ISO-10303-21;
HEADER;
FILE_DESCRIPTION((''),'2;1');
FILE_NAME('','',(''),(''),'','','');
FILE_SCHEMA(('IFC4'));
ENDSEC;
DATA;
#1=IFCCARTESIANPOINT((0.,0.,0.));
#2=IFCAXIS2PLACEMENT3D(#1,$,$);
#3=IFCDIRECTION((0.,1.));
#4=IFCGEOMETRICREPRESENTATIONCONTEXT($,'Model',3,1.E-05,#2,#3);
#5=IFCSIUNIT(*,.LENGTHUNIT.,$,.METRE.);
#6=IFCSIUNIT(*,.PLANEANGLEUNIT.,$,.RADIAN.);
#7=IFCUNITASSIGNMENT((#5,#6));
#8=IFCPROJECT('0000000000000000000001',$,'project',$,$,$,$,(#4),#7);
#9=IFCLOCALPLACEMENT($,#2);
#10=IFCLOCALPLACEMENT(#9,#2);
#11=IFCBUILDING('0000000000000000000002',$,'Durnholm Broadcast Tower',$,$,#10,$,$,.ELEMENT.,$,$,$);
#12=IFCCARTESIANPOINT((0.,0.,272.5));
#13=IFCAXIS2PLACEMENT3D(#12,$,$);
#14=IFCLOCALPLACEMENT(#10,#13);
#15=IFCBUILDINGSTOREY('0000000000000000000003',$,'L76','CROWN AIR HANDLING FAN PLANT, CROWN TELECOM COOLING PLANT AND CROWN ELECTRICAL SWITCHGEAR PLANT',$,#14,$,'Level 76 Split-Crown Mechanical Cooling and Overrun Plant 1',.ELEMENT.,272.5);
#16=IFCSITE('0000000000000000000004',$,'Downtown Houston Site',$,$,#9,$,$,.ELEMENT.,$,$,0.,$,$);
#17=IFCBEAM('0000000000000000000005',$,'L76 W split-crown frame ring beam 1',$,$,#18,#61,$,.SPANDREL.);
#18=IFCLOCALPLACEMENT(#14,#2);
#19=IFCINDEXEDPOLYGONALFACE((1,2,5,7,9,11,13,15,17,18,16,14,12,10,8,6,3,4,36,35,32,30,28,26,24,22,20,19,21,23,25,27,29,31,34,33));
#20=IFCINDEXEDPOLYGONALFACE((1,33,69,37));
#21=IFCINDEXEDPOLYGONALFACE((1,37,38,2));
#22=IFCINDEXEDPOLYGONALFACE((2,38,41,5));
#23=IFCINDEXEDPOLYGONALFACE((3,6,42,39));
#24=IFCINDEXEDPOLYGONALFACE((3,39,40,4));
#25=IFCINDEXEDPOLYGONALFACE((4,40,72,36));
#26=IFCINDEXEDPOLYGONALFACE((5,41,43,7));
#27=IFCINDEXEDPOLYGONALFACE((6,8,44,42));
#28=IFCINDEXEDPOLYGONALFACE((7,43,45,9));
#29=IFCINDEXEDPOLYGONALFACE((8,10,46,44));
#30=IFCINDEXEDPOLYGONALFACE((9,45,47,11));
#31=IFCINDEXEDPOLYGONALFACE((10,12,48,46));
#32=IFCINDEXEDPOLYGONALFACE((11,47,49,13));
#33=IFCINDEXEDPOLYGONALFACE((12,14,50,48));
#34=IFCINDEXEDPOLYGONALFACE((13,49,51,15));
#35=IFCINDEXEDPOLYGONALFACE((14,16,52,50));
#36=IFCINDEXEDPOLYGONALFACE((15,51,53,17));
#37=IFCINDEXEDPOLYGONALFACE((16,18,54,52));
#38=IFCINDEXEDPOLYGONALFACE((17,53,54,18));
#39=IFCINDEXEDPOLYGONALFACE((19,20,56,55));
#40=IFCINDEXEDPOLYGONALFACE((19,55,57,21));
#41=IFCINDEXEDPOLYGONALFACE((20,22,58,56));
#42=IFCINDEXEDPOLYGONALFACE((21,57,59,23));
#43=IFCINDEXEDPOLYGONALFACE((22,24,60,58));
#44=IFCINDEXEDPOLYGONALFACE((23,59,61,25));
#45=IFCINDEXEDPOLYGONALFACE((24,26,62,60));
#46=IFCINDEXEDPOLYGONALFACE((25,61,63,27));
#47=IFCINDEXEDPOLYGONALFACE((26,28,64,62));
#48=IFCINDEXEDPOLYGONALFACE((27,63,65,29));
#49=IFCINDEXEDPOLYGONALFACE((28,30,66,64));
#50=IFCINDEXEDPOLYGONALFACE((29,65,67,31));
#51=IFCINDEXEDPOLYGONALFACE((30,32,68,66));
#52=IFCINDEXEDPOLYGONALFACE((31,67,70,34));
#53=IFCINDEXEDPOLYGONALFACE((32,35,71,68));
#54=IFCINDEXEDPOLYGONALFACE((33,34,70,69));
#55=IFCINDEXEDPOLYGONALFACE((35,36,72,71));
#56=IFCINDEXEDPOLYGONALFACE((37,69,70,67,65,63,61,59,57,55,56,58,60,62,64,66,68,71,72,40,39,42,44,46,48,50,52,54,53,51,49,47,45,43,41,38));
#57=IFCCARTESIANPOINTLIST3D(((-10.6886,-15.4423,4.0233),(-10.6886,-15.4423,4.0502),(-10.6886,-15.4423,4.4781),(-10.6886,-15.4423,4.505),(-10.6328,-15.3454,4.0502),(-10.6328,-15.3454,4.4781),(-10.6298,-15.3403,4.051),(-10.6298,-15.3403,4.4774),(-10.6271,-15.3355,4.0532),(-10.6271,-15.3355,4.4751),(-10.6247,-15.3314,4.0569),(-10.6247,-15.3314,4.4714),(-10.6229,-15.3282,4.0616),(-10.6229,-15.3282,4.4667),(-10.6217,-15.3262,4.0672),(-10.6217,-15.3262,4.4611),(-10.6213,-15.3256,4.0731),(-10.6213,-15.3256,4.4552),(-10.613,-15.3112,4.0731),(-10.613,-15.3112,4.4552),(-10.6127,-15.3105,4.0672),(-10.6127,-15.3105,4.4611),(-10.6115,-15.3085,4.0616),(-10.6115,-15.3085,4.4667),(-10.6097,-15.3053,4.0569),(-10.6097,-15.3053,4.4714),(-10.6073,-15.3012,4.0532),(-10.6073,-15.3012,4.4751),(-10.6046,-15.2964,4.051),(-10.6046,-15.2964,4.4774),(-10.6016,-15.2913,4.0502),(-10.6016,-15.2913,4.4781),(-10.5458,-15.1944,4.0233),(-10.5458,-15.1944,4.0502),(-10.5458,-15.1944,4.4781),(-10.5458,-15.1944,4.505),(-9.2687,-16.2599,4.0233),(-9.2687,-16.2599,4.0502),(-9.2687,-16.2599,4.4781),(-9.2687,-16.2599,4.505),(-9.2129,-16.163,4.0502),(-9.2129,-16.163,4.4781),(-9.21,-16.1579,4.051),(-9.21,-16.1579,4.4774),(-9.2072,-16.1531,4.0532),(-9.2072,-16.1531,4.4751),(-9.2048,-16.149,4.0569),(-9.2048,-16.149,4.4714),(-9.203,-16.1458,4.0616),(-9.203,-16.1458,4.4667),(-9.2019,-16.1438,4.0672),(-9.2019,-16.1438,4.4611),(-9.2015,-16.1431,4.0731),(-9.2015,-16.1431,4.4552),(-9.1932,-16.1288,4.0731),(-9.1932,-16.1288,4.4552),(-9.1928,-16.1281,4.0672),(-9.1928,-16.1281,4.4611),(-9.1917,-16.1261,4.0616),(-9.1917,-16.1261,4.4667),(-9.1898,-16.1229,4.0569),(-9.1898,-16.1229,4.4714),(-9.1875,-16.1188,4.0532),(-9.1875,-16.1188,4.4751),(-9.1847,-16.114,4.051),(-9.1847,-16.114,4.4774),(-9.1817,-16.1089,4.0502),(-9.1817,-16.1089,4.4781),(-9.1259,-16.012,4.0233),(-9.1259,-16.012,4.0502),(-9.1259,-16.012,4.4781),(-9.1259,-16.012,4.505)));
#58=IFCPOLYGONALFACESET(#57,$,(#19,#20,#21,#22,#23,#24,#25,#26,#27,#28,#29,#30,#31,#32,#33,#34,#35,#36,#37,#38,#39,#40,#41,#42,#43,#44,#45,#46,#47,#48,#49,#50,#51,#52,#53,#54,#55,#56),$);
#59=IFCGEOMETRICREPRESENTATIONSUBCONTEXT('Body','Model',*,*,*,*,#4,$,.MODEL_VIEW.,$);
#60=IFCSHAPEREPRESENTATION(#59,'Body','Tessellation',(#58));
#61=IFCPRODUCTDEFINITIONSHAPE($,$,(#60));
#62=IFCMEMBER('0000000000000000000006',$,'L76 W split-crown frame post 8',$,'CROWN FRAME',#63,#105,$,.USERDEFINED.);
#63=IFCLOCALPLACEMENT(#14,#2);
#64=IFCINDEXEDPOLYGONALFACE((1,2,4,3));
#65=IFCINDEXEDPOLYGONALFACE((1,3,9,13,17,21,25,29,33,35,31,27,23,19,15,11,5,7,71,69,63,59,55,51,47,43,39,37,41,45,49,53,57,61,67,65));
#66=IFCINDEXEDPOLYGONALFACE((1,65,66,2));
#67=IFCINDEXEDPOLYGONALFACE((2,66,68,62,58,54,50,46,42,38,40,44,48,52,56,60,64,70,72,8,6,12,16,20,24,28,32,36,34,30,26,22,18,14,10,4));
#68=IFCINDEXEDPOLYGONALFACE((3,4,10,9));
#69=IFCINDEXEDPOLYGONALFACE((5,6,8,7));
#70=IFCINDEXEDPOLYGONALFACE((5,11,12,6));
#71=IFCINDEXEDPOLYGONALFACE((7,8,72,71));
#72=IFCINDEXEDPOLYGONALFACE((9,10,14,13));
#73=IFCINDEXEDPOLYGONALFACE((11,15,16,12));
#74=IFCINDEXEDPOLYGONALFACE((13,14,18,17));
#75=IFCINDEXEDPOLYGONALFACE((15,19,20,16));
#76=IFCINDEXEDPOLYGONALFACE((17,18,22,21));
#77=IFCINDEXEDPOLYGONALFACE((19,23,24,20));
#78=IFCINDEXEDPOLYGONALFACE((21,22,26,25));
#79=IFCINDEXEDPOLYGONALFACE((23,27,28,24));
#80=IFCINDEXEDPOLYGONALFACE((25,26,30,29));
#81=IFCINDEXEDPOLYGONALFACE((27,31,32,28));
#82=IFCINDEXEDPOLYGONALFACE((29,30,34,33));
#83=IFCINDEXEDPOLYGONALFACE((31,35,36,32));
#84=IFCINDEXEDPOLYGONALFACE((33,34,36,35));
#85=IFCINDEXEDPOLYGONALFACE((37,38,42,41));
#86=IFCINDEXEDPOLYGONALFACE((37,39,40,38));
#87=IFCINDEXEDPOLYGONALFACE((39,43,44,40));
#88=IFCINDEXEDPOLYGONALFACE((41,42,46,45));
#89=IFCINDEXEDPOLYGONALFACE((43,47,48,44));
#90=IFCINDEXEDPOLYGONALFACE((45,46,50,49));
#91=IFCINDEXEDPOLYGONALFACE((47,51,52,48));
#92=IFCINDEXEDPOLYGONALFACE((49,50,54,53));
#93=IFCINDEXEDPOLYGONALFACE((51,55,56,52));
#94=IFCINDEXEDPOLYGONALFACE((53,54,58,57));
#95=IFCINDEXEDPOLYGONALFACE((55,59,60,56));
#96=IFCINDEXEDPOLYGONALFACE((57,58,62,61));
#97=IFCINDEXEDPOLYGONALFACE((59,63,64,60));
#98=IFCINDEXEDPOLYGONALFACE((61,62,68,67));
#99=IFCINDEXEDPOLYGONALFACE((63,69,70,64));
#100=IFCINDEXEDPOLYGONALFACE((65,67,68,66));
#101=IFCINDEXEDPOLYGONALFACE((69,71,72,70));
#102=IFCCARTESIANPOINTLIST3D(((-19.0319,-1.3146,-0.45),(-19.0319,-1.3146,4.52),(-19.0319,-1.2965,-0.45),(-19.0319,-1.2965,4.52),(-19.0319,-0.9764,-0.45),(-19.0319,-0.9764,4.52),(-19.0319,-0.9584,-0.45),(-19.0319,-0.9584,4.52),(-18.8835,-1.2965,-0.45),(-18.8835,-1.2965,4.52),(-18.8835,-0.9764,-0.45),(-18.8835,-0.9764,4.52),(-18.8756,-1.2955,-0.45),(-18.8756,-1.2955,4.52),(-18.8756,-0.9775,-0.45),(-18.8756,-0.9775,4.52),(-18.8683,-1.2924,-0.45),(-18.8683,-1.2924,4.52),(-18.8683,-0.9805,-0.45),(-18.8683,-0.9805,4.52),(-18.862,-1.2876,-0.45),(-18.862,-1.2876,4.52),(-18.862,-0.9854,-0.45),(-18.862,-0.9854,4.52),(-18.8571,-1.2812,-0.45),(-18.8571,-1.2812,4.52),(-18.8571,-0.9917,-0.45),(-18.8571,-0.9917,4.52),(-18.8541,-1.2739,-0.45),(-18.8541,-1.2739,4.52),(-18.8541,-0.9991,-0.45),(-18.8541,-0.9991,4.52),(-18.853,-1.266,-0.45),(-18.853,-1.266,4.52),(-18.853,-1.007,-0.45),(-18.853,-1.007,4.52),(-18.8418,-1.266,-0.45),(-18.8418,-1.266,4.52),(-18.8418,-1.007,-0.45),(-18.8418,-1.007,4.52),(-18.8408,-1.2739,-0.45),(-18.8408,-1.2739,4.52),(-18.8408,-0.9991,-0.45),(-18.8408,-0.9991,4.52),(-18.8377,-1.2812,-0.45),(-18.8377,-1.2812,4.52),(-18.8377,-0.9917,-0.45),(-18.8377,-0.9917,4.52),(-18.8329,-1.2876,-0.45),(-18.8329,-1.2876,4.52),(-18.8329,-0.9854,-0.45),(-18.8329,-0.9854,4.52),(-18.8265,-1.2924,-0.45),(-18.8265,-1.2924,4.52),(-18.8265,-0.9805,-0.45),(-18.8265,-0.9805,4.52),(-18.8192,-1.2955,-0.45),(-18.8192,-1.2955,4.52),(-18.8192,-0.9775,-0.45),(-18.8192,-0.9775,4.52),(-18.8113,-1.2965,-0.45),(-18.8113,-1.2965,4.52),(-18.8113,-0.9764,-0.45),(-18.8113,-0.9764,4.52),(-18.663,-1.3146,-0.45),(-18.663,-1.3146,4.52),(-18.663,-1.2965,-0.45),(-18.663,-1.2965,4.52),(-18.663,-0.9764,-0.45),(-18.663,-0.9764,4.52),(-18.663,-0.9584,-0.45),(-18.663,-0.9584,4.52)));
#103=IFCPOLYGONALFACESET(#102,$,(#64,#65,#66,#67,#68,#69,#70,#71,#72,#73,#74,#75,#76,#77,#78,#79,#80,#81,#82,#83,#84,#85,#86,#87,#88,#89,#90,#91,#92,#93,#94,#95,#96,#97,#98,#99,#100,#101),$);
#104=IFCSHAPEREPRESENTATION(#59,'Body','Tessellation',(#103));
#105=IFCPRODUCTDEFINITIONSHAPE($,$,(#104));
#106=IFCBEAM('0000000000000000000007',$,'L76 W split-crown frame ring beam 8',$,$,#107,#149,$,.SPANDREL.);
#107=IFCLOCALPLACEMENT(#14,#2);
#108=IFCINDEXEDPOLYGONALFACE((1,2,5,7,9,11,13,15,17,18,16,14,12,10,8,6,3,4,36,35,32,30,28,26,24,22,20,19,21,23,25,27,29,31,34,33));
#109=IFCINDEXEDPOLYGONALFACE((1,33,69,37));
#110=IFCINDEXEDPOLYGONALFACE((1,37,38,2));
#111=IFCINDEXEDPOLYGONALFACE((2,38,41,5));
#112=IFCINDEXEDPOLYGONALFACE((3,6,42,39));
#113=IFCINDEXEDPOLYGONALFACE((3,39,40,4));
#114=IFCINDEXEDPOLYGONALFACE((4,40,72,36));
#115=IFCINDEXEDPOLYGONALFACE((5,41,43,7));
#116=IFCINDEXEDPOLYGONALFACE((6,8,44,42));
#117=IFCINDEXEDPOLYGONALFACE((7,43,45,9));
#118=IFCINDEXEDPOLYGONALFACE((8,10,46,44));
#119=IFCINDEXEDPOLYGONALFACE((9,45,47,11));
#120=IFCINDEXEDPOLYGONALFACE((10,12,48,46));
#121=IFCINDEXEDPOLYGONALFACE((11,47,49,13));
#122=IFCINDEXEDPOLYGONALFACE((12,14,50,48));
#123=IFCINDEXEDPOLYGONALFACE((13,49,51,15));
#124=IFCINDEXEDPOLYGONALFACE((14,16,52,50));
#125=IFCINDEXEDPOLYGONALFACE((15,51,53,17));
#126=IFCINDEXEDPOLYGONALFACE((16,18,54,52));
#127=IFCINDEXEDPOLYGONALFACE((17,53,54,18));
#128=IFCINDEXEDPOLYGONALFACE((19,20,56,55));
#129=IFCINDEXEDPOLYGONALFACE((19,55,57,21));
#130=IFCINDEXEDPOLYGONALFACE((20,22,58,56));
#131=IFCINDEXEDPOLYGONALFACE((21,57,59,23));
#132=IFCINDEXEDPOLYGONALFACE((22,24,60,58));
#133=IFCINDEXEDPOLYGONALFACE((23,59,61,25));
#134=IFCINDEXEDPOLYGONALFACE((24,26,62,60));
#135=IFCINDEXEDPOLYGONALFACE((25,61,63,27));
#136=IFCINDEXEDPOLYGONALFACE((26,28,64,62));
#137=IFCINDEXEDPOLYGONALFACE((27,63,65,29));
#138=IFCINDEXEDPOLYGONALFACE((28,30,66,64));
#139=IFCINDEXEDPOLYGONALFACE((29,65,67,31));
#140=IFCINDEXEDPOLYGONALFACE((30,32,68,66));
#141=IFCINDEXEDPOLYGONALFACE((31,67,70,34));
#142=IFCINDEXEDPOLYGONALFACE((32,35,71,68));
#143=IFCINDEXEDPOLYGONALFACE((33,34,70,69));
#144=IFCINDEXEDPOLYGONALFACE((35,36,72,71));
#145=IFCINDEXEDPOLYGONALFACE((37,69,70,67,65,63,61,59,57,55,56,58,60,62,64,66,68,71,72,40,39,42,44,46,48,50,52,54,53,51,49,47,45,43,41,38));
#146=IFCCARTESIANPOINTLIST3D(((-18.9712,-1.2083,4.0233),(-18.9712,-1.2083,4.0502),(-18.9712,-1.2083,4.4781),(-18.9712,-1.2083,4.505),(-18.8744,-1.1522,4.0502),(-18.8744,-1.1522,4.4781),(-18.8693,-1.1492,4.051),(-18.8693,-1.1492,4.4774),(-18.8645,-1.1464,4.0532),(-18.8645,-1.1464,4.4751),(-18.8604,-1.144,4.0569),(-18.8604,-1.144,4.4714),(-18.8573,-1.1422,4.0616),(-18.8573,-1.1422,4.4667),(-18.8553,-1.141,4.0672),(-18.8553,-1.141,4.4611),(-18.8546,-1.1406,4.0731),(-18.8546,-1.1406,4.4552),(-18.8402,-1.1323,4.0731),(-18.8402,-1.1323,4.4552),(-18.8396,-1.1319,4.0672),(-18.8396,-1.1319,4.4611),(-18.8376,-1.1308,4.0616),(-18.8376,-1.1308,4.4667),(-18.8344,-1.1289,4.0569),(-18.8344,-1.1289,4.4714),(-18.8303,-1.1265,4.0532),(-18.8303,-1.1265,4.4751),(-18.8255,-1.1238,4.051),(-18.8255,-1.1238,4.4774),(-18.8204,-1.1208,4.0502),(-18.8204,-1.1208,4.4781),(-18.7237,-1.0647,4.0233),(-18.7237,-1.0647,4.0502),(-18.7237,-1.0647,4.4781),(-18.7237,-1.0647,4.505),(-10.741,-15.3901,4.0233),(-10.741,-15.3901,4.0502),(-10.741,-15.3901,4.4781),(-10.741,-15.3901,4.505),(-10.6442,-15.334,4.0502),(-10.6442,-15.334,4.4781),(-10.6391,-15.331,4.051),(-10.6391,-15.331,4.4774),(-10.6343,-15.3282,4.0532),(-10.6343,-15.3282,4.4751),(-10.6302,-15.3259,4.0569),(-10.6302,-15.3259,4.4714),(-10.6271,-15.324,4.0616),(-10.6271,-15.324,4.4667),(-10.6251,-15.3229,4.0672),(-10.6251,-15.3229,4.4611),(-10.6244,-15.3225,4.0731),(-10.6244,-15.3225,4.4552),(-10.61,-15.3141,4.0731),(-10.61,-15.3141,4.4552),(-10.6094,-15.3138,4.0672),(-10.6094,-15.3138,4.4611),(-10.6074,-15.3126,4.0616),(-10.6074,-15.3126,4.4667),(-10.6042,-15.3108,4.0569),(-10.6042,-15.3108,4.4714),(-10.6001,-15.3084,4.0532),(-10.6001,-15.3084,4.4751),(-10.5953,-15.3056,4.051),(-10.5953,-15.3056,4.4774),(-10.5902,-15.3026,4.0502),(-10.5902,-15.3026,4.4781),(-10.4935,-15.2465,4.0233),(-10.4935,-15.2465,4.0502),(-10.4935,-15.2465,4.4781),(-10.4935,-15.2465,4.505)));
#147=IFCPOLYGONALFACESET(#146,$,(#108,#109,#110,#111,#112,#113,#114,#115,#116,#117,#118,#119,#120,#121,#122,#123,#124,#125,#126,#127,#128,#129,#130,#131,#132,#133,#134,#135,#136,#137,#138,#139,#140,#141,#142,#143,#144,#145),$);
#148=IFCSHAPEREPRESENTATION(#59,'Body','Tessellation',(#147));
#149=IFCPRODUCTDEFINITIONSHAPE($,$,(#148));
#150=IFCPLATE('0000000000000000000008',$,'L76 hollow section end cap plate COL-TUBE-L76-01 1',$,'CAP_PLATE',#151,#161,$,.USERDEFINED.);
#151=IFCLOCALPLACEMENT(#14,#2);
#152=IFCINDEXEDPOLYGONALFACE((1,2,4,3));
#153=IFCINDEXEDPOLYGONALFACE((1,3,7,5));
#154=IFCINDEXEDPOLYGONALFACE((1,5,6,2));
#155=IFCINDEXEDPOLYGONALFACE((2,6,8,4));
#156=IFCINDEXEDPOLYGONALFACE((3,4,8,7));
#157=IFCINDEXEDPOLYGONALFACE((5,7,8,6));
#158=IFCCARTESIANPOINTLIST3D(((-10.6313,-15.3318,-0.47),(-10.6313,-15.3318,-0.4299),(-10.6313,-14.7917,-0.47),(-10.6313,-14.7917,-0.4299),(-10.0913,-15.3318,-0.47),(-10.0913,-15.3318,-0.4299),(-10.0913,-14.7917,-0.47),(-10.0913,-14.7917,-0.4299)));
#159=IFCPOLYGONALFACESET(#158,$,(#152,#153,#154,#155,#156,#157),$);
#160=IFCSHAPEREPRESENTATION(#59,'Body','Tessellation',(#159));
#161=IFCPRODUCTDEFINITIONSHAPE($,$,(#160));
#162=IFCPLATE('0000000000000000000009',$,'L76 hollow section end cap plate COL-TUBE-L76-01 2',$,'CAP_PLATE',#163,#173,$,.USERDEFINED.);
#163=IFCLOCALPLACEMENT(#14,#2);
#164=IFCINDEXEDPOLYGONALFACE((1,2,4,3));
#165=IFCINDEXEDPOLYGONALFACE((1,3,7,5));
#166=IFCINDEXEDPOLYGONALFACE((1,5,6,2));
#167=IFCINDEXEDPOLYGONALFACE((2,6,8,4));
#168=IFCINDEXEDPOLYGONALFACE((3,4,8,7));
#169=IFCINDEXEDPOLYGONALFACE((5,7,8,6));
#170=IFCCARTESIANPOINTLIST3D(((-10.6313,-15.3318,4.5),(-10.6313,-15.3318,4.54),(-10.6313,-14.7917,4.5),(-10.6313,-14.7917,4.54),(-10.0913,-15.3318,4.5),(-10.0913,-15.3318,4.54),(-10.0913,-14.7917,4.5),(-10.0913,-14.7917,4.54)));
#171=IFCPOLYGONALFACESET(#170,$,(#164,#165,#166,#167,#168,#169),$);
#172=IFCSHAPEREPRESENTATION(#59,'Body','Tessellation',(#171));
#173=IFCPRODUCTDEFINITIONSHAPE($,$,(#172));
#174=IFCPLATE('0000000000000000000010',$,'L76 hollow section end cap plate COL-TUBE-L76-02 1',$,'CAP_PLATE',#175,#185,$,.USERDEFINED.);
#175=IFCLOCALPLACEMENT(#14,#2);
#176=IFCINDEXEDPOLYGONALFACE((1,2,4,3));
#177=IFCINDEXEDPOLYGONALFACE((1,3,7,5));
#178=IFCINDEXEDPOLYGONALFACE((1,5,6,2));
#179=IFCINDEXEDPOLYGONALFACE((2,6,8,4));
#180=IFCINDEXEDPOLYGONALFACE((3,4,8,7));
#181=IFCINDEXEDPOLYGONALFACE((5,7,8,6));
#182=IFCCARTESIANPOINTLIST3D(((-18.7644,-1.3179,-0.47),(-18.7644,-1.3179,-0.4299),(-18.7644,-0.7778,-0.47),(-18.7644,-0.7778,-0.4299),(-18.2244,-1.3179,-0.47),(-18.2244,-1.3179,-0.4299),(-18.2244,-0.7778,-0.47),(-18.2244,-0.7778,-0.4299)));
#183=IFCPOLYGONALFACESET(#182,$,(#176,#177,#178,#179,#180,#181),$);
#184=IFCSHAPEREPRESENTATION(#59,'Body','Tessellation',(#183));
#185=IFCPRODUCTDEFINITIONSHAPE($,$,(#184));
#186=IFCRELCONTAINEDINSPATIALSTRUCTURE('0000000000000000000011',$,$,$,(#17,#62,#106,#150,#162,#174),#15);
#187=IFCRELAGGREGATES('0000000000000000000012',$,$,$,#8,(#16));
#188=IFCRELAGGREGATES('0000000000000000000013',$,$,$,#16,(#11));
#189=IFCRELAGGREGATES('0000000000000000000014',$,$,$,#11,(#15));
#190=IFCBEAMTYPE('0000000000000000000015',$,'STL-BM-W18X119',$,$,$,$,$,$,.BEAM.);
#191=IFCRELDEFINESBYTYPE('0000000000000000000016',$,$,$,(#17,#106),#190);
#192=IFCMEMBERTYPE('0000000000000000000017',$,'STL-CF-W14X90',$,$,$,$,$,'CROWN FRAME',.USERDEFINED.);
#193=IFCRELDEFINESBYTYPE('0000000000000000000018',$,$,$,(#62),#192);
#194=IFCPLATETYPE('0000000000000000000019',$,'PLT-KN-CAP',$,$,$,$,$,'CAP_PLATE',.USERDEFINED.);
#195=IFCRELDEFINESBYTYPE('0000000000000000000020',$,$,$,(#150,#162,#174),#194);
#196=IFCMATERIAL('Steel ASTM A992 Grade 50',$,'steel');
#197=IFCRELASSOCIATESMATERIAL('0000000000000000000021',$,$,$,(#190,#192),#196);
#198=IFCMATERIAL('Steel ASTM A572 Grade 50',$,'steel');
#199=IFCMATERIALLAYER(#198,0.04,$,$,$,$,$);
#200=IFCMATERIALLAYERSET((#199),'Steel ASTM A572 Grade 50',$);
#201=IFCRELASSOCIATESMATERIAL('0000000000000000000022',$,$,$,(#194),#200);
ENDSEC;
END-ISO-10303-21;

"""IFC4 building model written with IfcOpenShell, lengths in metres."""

from ifc_helpers import new_model, si_unit, direction, frame, origin, origin_2d, place, context, subcontext, project, spatial, rectangle, i_section, extrude, source, transform, mapped, material, layer, layer_set, material_profile, profile_set, type_object, type_shapes, element, save


model = new_model("IFC4")

# Units and contexts
model_context = context("Model", 3, precision=1e-05, world=origin(), true_north=direction((0.0, 1.0)))
body_context = subcontext(model_context, "Body", "Model", "MODEL_VIEW")
ifc_project = project(units=[si_unit("LENGTHUNIT", "METRE"), si_unit("PLANEANGLEUNIT", "RADIAN")], contexts=[model_context])

# Site, building, storey
site_placement = place(None, origin())
site = spatial("IfcSite", under=ifc_project, at=site_placement, Name="Downtown Houston Site", CompositionType="ELEMENT", RefElevation=0.0)
building_placement = place(site_placement, origin())
building = spatial("IfcBuilding", under=site, at=building_placement, Name="Durnholm Broadcast Tower", CompositionType="ELEMENT")
storey_placement = place(building_placement, frame((0.0, 0.0, 272.5)))
storey = spatial("IfcBuildingStorey", under=building, at=storey_placement, Name="L76", Description="CROWN AIR HANDLING FAN PLANT, CROWN TELECOM COOLING PLANT AND CROWN ELECTRICAL SWITCHGEAR PLANT", LongName="Level 76 Split-Crown Mechanical Cooling and Overrun Plant 1", CompositionType="ELEMENT", Elevation=272.5)

# Shared definitions
ifc_material_1 = material(Name="Steel ASTM A992 Grade 50", Category="steel")

# Beam
ifc_material_profile_1 = material_profile(ifc_material_1, i_section(OverallWidth=0.2861, OverallDepth=0.4817, WebThickness=0.0166, FlangeThickness=0.0269, FilletRadius=0.0229, at=origin_2d()), Name="W18X119")
ifc_profile_set_1 = profile_set([ifc_material_profile_1], Name="Steel ASTM A992 Grade 50")
beam_type_1 = type_object("IfcBeamType", Name="STL-BM-W18X119", PredefinedType="BEAM", material=ifc_profile_set_1)
shared_shape_1 = source(origin(), body_context, "Body", "SweptSolid", [
    extrude(i_section(OverallWidth=0.2861, OverallDepth=0.4817, WebThickness=0.0166, FlangeThickness=0.0269, FilletRadius=0.0229, at=origin_2d()), origin(), (0.0, 0.0, 1.0), 1.6384),
])
beam_1_placement = place(storey_placement, frame((-10.6172, -15.3184, 4.2642), z_axis=(0.866597, -0.499009, 0.0), x_axis=(0.499009, 0.866597, 0.0)))
element("IfcBeam", 1, at=beam_1_placement, inside=storey, type_object=beam_type_1, Name="L76 W split-crown frame ring beam 1", PredefinedType="SPANDREL", context=body_context, shape_type="MappedRepresentation", body=[
    mapped(shared_shape_1, transform((0.0, 0.0, 0.0), x_axis=(1.0, 0.0, 0.0), y_axis=(0.0, 1.0, 0.0), z_axis=(0.0, 0.0, 1.0), scale=1.0)),
])

# Member
ifc_material_profile_2 = material_profile(ifc_material_1, i_section(OverallWidth=0.3689, OverallDepth=0.3562, WebThickness=0.0112, FlangeThickness=0.0181, FilletRadius=0.0305, at=origin_2d()), Name="W14X90")
ifc_profile_set_2 = profile_set([ifc_material_profile_2], Name="Steel ASTM A992 Grade 50")
member_type_1 = type_object("IfcMemberType", Name="STL-CF-W14X90", ElementType="CROWN FRAME", PredefinedType="USERDEFINED", material=ifc_profile_set_2)
shared_shape_2 = source(origin(), body_context, "Body", "SweptSolid", [
    extrude(i_section(OverallWidth=0.3689, OverallDepth=0.3562, WebThickness=0.0112, FlangeThickness=0.0181, FilletRadius=0.0305, at=origin_2d()), origin(), (0.0, 0.0, 1.0), 4.97),
])
type_shapes(member_type_1, [shared_shape_2])
member_1_placement = place(storey_placement, frame((-18.8474, -1.1365, -0.45), z_axis=(0.0, 0.0, 1.0), x_axis=(1.0, 0.0, 0.0)))
element("IfcMember", 2, at=member_1_placement, inside=storey, type_object=member_type_1, Name="L76 W split-crown frame post 8", ObjectType="CROWN FRAME", PredefinedType="USERDEFINED", context=body_context, shape_type="MappedRepresentation", body=[
    mapped(shared_shape_2, transform((0.0, 0.0, 0.0), x_axis=(1.0, 0.0, 0.0), y_axis=(0.0, 1.0, 0.0), z_axis=(0.0, 0.0, 1.0), scale=1.0)),
])

# Beam
shared_shape_3 = source(origin(), body_context, "Body", "SweptSolid", [
    extrude(i_section(OverallWidth=0.2861, OverallDepth=0.4817, WebThickness=0.0166, FlangeThickness=0.0269, FilletRadius=0.0229, at=origin_2d()), origin(), (0.0, 0.0, 1.0), 16.397),
])
type_shapes(beam_type_1, [shared_shape_1, shared_shape_3])
beam_2_placement = place(storey_placement, frame((-18.8474, -1.1365, 4.2642), z_axis=(0.501934, -0.864906, 0.0), x_axis=(0.864906, 0.501934, 0.0)))
element("IfcBeam", 3, at=beam_2_placement, inside=storey, type_object=beam_type_1, Name="L76 W split-crown frame ring beam 8", PredefinedType="SPANDREL", context=body_context, shape_type="MappedRepresentation", body=[
    mapped(shared_shape_3, transform((0.0, 0.0, 0.0), x_axis=(1.0, 0.0, 0.0), y_axis=(0.0, 1.0, 0.0), z_axis=(0.0, 0.0, 1.0), scale=1.0)),
])

# Plates
ifc_material_2 = material(Name="Steel ASTM A572 Grade 50", Category="steel")
ifc_layer_1 = layer(ifc_material_2, 0.04)
ifc_layer_set_1 = layer_set([ifc_layer_1], Name="Steel ASTM A572 Grade 50")
plate_type_1 = type_object("IfcPlateType", Name="PLT-KN-CAP", ElementType="CAP_PLATE", PredefinedType="USERDEFINED", material=ifc_layer_set_1)
shared_shape_4 = source(origin(), body_context, "Body", "SweptSolid", [
    extrude(rectangle(XDim=0.54, YDim=0.54, at=origin_2d()), origin(), (0.0, 0.0, 1.0), 0.04),
])
type_shapes(plate_type_1, [shared_shape_4])
for number, where, z_axis, x_axis, name in (
    (4, (-10.3613, -15.0618, -0.47), (0.0, 0.0, 1.0), (1.0, 0.0, 0.0), "L76 hollow section end cap plate COL-TUBE-L76-01 1"),
    (5, (-10.3613, -15.0618, 4.5), (0.0, 0.0, 1.0), (1.0, 0.0, 0.0), "L76 hollow section end cap plate COL-TUBE-L76-01 2"),
    (6, (-18.4944, -1.0479, -0.47), (0.0, 0.0, 1.0), (1.0, 0.0, 0.0), "L76 hollow section end cap plate COL-TUBE-L76-02 1"),
):
    element("IfcPlate", number, at=place(storey_placement, frame(where, z_axis=z_axis, x_axis=x_axis)), inside=storey, type_object=plate_type_1, Name=name, ObjectType="CAP_PLATE", PredefinedType="USERDEFINED", context=body_context, shape_type="MappedRepresentation", body=[
        mapped(shared_shape_4, transform((0.0, 0.0, 0.0), x_axis=(1.0, 0.0, 0.0), y_axis=(0.0, 1.0, 0.0), z_axis=(0.0, 0.0, 1.0), scale=1.0)),
    ])

save(model, "model.ifc")
